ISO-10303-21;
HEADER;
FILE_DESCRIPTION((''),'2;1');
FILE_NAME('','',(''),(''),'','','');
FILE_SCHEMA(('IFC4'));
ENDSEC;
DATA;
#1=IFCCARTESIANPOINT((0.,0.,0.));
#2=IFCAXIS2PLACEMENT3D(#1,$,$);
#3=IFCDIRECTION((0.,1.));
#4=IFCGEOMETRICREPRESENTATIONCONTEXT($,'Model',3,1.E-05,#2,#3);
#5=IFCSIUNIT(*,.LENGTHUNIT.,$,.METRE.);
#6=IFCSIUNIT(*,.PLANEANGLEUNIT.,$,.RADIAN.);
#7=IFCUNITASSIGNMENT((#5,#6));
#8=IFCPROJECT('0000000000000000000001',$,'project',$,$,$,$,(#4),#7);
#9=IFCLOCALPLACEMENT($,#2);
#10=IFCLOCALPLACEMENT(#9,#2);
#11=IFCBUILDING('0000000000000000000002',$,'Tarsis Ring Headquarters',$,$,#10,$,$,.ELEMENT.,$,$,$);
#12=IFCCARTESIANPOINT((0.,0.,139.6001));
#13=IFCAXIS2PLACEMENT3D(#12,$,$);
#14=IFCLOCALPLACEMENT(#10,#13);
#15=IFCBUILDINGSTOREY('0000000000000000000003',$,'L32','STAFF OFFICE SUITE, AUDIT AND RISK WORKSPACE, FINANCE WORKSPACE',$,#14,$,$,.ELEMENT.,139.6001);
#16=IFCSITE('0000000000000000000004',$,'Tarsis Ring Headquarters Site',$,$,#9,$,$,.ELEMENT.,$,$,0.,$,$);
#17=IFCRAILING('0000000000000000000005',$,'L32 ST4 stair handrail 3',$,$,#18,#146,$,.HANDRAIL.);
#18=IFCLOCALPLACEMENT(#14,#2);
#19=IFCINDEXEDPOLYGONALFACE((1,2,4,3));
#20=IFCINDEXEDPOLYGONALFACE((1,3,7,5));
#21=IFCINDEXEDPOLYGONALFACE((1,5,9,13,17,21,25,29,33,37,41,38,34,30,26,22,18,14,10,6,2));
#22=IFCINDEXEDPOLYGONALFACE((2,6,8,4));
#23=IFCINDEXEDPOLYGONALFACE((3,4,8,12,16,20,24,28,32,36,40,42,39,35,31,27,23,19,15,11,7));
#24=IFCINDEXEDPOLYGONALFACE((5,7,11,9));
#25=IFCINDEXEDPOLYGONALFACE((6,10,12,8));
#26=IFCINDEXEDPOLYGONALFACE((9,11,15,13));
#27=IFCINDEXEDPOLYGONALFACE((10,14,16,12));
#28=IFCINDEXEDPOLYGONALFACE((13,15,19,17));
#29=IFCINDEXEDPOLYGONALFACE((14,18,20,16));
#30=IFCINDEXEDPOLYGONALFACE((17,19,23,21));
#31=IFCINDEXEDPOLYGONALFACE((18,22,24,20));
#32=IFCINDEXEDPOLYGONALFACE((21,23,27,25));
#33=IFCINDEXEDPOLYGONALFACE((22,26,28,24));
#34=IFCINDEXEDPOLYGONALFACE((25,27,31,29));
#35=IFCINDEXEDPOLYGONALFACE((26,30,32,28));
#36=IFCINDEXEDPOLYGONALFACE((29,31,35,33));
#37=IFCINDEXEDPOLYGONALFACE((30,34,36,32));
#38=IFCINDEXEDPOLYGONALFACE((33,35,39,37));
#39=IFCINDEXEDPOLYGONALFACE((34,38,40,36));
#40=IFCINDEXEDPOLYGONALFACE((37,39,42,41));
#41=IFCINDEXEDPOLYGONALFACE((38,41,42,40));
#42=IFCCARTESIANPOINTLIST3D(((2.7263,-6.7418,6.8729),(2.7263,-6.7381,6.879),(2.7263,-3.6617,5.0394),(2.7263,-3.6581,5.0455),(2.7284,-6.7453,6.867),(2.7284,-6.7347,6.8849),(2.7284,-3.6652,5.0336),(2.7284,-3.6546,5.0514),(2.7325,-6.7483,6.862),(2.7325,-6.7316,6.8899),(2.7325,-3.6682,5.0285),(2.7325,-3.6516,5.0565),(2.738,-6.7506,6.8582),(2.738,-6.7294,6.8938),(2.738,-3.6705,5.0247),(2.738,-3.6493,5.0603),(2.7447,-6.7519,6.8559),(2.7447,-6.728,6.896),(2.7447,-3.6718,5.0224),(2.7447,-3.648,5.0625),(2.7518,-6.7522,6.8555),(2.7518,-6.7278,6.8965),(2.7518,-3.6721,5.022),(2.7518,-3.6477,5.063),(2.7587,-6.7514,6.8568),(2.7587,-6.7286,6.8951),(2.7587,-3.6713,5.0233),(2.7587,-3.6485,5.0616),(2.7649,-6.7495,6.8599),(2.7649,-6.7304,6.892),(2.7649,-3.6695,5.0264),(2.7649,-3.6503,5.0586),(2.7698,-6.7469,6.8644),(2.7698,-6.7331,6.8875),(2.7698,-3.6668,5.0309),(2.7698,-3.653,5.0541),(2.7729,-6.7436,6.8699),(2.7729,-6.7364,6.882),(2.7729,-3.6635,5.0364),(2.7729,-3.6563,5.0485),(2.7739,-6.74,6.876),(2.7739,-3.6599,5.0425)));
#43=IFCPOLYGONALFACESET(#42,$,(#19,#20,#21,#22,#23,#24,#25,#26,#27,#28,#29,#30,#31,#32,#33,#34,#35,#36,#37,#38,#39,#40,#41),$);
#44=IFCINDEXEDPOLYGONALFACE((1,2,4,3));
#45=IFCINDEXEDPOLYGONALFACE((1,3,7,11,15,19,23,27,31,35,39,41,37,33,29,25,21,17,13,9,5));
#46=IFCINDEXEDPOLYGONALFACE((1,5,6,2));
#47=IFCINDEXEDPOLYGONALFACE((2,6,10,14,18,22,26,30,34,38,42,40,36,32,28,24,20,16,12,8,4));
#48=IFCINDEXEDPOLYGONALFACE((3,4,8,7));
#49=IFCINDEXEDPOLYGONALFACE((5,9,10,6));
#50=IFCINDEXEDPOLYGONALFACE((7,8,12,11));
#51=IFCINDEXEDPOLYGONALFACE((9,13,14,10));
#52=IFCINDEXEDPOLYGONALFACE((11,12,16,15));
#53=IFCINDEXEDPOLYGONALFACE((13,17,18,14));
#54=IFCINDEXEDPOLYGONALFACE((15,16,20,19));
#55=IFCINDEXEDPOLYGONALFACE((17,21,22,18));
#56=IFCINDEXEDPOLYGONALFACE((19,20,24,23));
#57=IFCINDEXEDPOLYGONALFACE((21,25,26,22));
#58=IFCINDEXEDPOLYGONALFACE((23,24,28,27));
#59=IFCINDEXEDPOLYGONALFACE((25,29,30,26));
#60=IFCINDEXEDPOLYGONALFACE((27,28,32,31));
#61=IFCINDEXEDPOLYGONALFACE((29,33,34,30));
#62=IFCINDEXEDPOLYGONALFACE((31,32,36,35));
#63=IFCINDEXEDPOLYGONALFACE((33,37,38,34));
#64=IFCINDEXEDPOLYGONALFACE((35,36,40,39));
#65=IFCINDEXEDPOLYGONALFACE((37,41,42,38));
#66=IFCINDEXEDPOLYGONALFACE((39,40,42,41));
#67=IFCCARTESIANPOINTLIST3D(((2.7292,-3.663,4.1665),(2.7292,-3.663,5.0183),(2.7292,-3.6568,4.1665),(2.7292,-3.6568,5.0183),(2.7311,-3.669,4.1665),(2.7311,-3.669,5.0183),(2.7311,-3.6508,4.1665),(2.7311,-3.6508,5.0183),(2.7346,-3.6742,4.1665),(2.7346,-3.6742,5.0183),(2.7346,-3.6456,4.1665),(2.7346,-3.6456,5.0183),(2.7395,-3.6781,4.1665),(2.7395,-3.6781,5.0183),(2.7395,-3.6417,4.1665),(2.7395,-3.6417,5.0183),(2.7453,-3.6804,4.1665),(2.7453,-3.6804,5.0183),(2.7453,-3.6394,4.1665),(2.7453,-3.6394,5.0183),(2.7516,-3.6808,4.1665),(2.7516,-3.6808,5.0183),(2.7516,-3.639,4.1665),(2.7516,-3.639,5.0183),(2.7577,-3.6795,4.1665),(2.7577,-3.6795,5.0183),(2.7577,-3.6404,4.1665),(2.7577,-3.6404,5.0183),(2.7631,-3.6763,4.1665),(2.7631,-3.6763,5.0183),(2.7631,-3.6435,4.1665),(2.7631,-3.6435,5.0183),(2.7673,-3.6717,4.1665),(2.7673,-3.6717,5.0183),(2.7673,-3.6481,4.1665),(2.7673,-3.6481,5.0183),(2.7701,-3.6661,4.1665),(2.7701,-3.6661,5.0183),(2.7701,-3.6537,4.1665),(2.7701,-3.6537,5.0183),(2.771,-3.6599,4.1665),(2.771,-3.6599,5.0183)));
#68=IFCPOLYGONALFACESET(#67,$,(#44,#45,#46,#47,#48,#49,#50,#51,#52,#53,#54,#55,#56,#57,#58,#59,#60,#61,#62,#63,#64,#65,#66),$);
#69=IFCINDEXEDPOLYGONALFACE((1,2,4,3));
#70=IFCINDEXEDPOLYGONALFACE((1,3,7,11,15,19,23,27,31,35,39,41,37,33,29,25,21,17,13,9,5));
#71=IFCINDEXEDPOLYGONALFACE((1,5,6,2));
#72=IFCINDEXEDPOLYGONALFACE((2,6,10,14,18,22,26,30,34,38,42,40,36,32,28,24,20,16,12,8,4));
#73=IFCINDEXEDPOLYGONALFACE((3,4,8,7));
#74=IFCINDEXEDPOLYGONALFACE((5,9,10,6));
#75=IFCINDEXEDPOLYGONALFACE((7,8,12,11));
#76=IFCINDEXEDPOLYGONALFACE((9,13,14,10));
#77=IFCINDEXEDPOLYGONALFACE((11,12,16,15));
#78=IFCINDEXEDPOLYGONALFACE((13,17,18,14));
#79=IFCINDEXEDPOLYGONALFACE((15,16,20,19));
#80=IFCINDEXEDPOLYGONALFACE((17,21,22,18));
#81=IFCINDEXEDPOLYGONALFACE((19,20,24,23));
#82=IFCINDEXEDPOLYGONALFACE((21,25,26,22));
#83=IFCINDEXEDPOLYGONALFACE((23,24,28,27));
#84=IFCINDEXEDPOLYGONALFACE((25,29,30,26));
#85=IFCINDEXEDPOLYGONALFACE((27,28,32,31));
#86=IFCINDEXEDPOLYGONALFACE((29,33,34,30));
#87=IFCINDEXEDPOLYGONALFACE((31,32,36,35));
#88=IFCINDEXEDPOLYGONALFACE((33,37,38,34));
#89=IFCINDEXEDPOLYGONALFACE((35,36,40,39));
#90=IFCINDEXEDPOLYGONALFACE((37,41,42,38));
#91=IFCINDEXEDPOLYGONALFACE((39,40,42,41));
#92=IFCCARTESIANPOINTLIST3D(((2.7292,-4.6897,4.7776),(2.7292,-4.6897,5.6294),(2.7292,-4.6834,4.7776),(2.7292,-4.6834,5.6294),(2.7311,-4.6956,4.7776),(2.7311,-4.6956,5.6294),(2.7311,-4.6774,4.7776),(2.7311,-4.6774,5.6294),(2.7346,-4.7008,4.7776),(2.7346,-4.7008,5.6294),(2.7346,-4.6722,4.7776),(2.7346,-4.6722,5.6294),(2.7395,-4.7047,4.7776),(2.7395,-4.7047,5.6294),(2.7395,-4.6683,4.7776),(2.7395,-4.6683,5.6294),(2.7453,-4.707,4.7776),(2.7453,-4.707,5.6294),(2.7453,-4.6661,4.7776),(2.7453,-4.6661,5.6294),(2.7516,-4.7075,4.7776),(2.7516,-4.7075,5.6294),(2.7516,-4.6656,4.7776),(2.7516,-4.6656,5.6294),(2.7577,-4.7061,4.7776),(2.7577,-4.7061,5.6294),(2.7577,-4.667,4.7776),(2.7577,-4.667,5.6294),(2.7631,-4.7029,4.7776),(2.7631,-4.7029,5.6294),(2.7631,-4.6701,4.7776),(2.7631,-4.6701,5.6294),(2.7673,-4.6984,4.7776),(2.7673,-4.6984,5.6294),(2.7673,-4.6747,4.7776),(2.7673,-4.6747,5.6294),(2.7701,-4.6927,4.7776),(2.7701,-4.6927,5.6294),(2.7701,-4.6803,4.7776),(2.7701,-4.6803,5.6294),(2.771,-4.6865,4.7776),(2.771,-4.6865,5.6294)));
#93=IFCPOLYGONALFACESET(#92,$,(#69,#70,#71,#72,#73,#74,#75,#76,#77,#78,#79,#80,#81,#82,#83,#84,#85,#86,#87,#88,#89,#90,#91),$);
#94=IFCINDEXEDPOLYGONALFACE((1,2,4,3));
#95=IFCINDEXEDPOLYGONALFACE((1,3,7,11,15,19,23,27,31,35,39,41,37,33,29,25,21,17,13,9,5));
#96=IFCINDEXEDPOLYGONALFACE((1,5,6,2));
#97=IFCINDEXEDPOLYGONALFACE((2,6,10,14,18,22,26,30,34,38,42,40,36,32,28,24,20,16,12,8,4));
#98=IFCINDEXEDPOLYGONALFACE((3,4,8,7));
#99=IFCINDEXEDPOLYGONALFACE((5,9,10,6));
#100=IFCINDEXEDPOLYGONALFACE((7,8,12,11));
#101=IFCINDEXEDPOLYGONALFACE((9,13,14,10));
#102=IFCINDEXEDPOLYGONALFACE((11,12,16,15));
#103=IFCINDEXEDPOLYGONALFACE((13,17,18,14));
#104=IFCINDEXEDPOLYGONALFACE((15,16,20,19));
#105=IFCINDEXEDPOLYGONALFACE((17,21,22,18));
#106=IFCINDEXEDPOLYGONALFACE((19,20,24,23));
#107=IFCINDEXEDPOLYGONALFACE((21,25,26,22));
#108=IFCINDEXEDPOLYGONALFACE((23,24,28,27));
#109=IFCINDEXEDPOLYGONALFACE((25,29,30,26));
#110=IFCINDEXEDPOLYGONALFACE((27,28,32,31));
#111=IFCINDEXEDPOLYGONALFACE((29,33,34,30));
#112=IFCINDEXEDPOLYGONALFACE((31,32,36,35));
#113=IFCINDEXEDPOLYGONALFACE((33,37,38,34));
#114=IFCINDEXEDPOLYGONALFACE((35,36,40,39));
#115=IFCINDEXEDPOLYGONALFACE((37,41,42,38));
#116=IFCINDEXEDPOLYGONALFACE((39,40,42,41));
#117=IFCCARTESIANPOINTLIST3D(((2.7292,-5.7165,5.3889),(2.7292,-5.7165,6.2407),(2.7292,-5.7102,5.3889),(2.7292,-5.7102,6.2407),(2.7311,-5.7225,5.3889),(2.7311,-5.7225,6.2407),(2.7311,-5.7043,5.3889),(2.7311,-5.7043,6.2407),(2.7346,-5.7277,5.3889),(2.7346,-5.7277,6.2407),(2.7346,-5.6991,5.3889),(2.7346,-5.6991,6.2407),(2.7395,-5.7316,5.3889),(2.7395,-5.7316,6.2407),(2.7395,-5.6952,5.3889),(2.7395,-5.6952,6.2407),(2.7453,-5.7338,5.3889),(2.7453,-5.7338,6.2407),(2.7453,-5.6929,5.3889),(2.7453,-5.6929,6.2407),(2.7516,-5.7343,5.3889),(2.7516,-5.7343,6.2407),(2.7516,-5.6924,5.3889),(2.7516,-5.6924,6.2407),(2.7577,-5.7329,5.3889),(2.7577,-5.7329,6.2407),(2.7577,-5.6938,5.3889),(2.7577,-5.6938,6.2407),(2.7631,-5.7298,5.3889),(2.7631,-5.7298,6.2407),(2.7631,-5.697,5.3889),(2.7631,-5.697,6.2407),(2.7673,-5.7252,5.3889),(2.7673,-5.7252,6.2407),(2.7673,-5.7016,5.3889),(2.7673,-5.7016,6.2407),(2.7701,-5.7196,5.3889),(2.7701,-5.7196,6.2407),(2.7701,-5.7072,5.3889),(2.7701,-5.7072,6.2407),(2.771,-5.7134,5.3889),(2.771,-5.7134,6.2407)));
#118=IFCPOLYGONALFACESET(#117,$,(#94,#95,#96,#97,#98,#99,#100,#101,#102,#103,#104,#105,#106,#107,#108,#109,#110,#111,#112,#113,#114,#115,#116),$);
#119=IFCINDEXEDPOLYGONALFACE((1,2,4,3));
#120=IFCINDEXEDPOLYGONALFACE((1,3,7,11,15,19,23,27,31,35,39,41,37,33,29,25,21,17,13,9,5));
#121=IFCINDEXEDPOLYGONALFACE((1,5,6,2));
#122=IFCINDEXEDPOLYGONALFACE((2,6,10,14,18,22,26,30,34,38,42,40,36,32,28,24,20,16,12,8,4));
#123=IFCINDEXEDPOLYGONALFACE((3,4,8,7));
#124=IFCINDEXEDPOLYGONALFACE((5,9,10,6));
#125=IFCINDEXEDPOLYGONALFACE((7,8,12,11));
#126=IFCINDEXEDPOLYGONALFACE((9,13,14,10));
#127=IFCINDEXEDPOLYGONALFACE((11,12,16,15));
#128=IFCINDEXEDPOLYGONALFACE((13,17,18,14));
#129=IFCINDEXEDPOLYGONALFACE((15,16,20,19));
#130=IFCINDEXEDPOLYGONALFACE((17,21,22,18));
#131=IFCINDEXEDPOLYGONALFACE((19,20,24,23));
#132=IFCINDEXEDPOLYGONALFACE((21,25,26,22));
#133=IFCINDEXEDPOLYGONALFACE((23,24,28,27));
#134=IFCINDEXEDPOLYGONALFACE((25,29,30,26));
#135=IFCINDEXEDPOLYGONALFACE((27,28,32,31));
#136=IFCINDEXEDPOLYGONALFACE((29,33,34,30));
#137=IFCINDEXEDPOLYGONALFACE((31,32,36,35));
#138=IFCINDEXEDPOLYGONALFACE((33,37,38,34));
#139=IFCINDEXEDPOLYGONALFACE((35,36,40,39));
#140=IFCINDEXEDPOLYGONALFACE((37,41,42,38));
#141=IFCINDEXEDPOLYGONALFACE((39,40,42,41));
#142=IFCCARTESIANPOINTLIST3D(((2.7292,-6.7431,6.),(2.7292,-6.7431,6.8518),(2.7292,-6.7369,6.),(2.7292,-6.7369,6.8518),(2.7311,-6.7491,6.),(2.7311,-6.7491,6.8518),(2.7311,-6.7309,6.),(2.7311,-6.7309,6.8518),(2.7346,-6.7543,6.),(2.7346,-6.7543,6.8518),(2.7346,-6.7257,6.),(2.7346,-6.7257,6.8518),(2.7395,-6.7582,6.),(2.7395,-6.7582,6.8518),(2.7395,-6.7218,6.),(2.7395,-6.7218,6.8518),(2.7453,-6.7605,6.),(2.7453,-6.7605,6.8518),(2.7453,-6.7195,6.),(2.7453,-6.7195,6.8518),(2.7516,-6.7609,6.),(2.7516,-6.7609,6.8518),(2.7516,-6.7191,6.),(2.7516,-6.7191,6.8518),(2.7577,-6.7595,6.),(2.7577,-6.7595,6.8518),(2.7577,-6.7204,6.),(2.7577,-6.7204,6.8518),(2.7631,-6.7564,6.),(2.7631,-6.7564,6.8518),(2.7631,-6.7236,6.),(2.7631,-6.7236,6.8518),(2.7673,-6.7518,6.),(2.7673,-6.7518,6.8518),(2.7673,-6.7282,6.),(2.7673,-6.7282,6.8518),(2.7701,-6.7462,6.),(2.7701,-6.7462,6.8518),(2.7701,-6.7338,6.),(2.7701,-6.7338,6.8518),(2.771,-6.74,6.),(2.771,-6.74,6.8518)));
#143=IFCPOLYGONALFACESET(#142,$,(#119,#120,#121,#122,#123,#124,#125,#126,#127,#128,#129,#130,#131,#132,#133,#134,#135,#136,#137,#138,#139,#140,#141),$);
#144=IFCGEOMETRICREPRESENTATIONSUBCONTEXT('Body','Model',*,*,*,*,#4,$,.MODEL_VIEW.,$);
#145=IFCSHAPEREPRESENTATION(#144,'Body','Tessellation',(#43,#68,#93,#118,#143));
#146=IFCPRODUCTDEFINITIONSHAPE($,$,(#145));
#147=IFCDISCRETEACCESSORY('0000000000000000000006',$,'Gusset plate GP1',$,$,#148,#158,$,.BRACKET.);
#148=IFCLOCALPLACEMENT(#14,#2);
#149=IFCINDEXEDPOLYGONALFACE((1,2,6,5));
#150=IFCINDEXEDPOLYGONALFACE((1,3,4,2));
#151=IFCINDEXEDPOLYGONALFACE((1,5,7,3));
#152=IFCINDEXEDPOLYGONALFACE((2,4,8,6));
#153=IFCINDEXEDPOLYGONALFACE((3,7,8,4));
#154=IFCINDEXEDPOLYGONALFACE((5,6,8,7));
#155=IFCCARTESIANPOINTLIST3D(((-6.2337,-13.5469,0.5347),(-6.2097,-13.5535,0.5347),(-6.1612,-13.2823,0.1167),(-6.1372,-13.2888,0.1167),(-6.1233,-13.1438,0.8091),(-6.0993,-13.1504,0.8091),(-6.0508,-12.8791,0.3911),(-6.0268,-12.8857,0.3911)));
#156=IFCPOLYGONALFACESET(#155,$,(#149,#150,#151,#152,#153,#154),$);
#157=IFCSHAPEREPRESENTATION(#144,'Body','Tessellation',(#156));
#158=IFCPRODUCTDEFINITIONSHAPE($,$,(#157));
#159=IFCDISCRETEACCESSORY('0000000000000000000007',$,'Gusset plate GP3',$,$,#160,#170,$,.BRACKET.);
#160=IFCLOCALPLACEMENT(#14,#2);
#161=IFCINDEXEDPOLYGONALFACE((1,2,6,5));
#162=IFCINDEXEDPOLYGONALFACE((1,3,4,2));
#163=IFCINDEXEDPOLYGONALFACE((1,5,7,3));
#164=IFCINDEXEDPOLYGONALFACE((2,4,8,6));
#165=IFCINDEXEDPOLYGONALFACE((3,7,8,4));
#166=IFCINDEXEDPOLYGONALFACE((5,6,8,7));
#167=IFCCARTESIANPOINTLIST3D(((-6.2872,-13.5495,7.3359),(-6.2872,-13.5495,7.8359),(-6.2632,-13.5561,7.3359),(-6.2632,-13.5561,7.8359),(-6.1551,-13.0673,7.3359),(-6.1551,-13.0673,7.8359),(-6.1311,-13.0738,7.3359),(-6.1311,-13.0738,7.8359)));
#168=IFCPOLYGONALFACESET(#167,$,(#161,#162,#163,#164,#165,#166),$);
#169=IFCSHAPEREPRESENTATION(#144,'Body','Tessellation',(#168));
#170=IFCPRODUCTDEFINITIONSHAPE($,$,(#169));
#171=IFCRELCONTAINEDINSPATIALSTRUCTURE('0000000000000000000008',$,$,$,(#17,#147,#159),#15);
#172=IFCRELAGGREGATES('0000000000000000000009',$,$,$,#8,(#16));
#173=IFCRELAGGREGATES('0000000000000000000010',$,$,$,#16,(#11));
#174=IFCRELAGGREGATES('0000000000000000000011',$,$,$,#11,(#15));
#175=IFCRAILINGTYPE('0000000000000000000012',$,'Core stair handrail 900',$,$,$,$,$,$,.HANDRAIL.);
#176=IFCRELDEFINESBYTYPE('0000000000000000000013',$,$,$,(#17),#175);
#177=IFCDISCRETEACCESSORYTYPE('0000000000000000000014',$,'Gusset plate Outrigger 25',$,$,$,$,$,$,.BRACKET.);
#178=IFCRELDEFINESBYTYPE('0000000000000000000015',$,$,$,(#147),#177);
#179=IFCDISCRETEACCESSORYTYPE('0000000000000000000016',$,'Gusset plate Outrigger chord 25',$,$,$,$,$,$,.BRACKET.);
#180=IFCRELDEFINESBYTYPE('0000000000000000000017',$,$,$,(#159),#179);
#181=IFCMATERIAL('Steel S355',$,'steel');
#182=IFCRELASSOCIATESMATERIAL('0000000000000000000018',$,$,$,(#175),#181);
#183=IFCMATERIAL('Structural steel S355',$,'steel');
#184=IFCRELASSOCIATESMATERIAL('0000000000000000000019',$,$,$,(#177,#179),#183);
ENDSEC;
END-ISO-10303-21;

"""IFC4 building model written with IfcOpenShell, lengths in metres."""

from ifc_helpers import new_model, si_unit, direction, frame, origin, origin_2d, place, context, subcontext, project, spatial, rectangle, circle, extrude, material, material_profile, profile_set, type_object, element, save


model = new_model("IFC4")

# Units and contexts
model_context = context("Model", 3, precision=1e-05, world=origin(), true_north=direction((0.0, 1.0)))
body_context = subcontext(model_context, "Body", "Model", "MODEL_VIEW")
ifc_project = project(units=[si_unit("LENGTHUNIT", "METRE"), si_unit("PLANEANGLEUNIT", "RADIAN")], contexts=[model_context])

# Site, building, storey
site_placement = place(None, origin())
site = spatial("IfcSite", under=ifc_project, at=site_placement, Name="Tarsis Ring Headquarters Site", CompositionType="ELEMENT", RefElevation=0.0)
building_placement = place(site_placement, origin())
building = spatial("IfcBuilding", under=site, at=building_placement, Name="Tarsis Ring Headquarters", CompositionType="ELEMENT")
storey_placement = place(building_placement, frame((0.0, 0.0, 139.6001)))
storey = spatial("IfcBuildingStorey", under=building, at=storey_placement, Name="L32", Description="STAFF OFFICE SUITE, AUDIT AND RISK WORKSPACE, FINANCE WORKSPACE", CompositionType="ELEMENT", Elevation=139.6001)

# Shared definitions
ifc_material_1 = material(Name="Structural steel S355", Category="steel")

# Railing
ifc_material_2 = material(Name="Steel S355", Category="steel")
railing_type_1 = type_object("IfcRailingType", Name="Core stair handrail 900", PredefinedType="HANDRAIL", material=ifc_material_2)
for number, where, name in (
    (1, (2.75, -3.6599, 4.1665), "L32 ST4 stair handrail 3"),
):
    element("IfcRailing", number, at=place(storey_placement, frame(where)), inside=storey, type_object=railing_type_1, Name=name, PredefinedType="HANDRAIL", context=body_context, shape_type="SweptSolid", body=[
        extrude(circle(Radius=0.0239, at=origin_2d()), frame((0.0, 0.0, 0.876), z_axis=(0.0, -0.859279, 0.511508), x_axis=(1.0, 0.0, 0.0)), (0.0, 0.0, 1.0), 3.5845),
        extrude(circle(Radius=0.021, at=origin_2d()), origin(), (0.0, 0.0, 1.0), 0.8518),
        extrude(circle(Radius=0.021, at=origin_2d()), frame((0.0, -1.0266, 0.6111)), (0.0, 0.0, 1.0), 0.8518),
        extrude(circle(Radius=0.021, at=origin_2d()), frame((0.0, -2.0535, 1.2224)), (0.0, 0.0, 1.0), 0.8518),
        extrude(circle(Radius=0.021, at=origin_2d()), frame((0.0, -3.0801, 1.8335)), (0.0, 0.0, 1.0), 0.8518),
    ])

# Discrete accessories
ifc_material_profile_1 = material_profile(ifc_material_1, rectangle(XDim=0.0249, YDim=0.5, at=origin_2d()), Name="PL 25x500")
ifc_profile_set_1 = profile_set([ifc_material_profile_1], Name="Structural steel S355")
discrete_accessory_type_1 = type_object("IfcDiscreteAccessoryType", Name="Gusset plate Outrigger 25", PredefinedType="BRACKET", material=ifc_profile_set_1)
discrete_accessory_1_placement = place(storey_placement, frame((-6.094, -13.084, 0.2539), z_axis=(-0.145021, -0.529303, 0.835947), x_axis=(0.964455, -0.264246, 0.0)))
element("IfcDiscreteAccessory", 2, at=discrete_accessory_1_placement, inside=storey, type_object=discrete_accessory_type_1, Name="Gusset plate GP1", PredefinedType="BRACKET", context=body_context, shape_type="SweptSolid", body=[
    extrude(rectangle(XDim=0.0249, YDim=0.5, at=origin_2d()), origin(), (0.0, 0.0, 1.0), 0.5),
])
discrete_accessory_type_2 = type_object("IfcDiscreteAccessoryType", Name="Gusset plate Outrigger chord 25", PredefinedType="BRACKET", material=ifc_profile_set_1)
discrete_accessory_2_placement = place(storey_placement, frame((-6.1431, -13.0706, 7.5859), z_axis=(-0.264192, -0.96447, 0.0), x_axis=(0.96447, -0.264192, 0.0)))
element("IfcDiscreteAccessory", 3, at=discrete_accessory_2_placement, inside=storey, type_object=discrete_accessory_type_2, Name="Gusset plate GP3", PredefinedType="BRACKET", context=body_context, shape_type="SweptSolid", body=[
    extrude(rectangle(XDim=0.0249, YDim=0.5, at=origin_2d()), origin(), (0.0, 0.0, 1.0), 0.5),
])

save(model, "model.ifc")
